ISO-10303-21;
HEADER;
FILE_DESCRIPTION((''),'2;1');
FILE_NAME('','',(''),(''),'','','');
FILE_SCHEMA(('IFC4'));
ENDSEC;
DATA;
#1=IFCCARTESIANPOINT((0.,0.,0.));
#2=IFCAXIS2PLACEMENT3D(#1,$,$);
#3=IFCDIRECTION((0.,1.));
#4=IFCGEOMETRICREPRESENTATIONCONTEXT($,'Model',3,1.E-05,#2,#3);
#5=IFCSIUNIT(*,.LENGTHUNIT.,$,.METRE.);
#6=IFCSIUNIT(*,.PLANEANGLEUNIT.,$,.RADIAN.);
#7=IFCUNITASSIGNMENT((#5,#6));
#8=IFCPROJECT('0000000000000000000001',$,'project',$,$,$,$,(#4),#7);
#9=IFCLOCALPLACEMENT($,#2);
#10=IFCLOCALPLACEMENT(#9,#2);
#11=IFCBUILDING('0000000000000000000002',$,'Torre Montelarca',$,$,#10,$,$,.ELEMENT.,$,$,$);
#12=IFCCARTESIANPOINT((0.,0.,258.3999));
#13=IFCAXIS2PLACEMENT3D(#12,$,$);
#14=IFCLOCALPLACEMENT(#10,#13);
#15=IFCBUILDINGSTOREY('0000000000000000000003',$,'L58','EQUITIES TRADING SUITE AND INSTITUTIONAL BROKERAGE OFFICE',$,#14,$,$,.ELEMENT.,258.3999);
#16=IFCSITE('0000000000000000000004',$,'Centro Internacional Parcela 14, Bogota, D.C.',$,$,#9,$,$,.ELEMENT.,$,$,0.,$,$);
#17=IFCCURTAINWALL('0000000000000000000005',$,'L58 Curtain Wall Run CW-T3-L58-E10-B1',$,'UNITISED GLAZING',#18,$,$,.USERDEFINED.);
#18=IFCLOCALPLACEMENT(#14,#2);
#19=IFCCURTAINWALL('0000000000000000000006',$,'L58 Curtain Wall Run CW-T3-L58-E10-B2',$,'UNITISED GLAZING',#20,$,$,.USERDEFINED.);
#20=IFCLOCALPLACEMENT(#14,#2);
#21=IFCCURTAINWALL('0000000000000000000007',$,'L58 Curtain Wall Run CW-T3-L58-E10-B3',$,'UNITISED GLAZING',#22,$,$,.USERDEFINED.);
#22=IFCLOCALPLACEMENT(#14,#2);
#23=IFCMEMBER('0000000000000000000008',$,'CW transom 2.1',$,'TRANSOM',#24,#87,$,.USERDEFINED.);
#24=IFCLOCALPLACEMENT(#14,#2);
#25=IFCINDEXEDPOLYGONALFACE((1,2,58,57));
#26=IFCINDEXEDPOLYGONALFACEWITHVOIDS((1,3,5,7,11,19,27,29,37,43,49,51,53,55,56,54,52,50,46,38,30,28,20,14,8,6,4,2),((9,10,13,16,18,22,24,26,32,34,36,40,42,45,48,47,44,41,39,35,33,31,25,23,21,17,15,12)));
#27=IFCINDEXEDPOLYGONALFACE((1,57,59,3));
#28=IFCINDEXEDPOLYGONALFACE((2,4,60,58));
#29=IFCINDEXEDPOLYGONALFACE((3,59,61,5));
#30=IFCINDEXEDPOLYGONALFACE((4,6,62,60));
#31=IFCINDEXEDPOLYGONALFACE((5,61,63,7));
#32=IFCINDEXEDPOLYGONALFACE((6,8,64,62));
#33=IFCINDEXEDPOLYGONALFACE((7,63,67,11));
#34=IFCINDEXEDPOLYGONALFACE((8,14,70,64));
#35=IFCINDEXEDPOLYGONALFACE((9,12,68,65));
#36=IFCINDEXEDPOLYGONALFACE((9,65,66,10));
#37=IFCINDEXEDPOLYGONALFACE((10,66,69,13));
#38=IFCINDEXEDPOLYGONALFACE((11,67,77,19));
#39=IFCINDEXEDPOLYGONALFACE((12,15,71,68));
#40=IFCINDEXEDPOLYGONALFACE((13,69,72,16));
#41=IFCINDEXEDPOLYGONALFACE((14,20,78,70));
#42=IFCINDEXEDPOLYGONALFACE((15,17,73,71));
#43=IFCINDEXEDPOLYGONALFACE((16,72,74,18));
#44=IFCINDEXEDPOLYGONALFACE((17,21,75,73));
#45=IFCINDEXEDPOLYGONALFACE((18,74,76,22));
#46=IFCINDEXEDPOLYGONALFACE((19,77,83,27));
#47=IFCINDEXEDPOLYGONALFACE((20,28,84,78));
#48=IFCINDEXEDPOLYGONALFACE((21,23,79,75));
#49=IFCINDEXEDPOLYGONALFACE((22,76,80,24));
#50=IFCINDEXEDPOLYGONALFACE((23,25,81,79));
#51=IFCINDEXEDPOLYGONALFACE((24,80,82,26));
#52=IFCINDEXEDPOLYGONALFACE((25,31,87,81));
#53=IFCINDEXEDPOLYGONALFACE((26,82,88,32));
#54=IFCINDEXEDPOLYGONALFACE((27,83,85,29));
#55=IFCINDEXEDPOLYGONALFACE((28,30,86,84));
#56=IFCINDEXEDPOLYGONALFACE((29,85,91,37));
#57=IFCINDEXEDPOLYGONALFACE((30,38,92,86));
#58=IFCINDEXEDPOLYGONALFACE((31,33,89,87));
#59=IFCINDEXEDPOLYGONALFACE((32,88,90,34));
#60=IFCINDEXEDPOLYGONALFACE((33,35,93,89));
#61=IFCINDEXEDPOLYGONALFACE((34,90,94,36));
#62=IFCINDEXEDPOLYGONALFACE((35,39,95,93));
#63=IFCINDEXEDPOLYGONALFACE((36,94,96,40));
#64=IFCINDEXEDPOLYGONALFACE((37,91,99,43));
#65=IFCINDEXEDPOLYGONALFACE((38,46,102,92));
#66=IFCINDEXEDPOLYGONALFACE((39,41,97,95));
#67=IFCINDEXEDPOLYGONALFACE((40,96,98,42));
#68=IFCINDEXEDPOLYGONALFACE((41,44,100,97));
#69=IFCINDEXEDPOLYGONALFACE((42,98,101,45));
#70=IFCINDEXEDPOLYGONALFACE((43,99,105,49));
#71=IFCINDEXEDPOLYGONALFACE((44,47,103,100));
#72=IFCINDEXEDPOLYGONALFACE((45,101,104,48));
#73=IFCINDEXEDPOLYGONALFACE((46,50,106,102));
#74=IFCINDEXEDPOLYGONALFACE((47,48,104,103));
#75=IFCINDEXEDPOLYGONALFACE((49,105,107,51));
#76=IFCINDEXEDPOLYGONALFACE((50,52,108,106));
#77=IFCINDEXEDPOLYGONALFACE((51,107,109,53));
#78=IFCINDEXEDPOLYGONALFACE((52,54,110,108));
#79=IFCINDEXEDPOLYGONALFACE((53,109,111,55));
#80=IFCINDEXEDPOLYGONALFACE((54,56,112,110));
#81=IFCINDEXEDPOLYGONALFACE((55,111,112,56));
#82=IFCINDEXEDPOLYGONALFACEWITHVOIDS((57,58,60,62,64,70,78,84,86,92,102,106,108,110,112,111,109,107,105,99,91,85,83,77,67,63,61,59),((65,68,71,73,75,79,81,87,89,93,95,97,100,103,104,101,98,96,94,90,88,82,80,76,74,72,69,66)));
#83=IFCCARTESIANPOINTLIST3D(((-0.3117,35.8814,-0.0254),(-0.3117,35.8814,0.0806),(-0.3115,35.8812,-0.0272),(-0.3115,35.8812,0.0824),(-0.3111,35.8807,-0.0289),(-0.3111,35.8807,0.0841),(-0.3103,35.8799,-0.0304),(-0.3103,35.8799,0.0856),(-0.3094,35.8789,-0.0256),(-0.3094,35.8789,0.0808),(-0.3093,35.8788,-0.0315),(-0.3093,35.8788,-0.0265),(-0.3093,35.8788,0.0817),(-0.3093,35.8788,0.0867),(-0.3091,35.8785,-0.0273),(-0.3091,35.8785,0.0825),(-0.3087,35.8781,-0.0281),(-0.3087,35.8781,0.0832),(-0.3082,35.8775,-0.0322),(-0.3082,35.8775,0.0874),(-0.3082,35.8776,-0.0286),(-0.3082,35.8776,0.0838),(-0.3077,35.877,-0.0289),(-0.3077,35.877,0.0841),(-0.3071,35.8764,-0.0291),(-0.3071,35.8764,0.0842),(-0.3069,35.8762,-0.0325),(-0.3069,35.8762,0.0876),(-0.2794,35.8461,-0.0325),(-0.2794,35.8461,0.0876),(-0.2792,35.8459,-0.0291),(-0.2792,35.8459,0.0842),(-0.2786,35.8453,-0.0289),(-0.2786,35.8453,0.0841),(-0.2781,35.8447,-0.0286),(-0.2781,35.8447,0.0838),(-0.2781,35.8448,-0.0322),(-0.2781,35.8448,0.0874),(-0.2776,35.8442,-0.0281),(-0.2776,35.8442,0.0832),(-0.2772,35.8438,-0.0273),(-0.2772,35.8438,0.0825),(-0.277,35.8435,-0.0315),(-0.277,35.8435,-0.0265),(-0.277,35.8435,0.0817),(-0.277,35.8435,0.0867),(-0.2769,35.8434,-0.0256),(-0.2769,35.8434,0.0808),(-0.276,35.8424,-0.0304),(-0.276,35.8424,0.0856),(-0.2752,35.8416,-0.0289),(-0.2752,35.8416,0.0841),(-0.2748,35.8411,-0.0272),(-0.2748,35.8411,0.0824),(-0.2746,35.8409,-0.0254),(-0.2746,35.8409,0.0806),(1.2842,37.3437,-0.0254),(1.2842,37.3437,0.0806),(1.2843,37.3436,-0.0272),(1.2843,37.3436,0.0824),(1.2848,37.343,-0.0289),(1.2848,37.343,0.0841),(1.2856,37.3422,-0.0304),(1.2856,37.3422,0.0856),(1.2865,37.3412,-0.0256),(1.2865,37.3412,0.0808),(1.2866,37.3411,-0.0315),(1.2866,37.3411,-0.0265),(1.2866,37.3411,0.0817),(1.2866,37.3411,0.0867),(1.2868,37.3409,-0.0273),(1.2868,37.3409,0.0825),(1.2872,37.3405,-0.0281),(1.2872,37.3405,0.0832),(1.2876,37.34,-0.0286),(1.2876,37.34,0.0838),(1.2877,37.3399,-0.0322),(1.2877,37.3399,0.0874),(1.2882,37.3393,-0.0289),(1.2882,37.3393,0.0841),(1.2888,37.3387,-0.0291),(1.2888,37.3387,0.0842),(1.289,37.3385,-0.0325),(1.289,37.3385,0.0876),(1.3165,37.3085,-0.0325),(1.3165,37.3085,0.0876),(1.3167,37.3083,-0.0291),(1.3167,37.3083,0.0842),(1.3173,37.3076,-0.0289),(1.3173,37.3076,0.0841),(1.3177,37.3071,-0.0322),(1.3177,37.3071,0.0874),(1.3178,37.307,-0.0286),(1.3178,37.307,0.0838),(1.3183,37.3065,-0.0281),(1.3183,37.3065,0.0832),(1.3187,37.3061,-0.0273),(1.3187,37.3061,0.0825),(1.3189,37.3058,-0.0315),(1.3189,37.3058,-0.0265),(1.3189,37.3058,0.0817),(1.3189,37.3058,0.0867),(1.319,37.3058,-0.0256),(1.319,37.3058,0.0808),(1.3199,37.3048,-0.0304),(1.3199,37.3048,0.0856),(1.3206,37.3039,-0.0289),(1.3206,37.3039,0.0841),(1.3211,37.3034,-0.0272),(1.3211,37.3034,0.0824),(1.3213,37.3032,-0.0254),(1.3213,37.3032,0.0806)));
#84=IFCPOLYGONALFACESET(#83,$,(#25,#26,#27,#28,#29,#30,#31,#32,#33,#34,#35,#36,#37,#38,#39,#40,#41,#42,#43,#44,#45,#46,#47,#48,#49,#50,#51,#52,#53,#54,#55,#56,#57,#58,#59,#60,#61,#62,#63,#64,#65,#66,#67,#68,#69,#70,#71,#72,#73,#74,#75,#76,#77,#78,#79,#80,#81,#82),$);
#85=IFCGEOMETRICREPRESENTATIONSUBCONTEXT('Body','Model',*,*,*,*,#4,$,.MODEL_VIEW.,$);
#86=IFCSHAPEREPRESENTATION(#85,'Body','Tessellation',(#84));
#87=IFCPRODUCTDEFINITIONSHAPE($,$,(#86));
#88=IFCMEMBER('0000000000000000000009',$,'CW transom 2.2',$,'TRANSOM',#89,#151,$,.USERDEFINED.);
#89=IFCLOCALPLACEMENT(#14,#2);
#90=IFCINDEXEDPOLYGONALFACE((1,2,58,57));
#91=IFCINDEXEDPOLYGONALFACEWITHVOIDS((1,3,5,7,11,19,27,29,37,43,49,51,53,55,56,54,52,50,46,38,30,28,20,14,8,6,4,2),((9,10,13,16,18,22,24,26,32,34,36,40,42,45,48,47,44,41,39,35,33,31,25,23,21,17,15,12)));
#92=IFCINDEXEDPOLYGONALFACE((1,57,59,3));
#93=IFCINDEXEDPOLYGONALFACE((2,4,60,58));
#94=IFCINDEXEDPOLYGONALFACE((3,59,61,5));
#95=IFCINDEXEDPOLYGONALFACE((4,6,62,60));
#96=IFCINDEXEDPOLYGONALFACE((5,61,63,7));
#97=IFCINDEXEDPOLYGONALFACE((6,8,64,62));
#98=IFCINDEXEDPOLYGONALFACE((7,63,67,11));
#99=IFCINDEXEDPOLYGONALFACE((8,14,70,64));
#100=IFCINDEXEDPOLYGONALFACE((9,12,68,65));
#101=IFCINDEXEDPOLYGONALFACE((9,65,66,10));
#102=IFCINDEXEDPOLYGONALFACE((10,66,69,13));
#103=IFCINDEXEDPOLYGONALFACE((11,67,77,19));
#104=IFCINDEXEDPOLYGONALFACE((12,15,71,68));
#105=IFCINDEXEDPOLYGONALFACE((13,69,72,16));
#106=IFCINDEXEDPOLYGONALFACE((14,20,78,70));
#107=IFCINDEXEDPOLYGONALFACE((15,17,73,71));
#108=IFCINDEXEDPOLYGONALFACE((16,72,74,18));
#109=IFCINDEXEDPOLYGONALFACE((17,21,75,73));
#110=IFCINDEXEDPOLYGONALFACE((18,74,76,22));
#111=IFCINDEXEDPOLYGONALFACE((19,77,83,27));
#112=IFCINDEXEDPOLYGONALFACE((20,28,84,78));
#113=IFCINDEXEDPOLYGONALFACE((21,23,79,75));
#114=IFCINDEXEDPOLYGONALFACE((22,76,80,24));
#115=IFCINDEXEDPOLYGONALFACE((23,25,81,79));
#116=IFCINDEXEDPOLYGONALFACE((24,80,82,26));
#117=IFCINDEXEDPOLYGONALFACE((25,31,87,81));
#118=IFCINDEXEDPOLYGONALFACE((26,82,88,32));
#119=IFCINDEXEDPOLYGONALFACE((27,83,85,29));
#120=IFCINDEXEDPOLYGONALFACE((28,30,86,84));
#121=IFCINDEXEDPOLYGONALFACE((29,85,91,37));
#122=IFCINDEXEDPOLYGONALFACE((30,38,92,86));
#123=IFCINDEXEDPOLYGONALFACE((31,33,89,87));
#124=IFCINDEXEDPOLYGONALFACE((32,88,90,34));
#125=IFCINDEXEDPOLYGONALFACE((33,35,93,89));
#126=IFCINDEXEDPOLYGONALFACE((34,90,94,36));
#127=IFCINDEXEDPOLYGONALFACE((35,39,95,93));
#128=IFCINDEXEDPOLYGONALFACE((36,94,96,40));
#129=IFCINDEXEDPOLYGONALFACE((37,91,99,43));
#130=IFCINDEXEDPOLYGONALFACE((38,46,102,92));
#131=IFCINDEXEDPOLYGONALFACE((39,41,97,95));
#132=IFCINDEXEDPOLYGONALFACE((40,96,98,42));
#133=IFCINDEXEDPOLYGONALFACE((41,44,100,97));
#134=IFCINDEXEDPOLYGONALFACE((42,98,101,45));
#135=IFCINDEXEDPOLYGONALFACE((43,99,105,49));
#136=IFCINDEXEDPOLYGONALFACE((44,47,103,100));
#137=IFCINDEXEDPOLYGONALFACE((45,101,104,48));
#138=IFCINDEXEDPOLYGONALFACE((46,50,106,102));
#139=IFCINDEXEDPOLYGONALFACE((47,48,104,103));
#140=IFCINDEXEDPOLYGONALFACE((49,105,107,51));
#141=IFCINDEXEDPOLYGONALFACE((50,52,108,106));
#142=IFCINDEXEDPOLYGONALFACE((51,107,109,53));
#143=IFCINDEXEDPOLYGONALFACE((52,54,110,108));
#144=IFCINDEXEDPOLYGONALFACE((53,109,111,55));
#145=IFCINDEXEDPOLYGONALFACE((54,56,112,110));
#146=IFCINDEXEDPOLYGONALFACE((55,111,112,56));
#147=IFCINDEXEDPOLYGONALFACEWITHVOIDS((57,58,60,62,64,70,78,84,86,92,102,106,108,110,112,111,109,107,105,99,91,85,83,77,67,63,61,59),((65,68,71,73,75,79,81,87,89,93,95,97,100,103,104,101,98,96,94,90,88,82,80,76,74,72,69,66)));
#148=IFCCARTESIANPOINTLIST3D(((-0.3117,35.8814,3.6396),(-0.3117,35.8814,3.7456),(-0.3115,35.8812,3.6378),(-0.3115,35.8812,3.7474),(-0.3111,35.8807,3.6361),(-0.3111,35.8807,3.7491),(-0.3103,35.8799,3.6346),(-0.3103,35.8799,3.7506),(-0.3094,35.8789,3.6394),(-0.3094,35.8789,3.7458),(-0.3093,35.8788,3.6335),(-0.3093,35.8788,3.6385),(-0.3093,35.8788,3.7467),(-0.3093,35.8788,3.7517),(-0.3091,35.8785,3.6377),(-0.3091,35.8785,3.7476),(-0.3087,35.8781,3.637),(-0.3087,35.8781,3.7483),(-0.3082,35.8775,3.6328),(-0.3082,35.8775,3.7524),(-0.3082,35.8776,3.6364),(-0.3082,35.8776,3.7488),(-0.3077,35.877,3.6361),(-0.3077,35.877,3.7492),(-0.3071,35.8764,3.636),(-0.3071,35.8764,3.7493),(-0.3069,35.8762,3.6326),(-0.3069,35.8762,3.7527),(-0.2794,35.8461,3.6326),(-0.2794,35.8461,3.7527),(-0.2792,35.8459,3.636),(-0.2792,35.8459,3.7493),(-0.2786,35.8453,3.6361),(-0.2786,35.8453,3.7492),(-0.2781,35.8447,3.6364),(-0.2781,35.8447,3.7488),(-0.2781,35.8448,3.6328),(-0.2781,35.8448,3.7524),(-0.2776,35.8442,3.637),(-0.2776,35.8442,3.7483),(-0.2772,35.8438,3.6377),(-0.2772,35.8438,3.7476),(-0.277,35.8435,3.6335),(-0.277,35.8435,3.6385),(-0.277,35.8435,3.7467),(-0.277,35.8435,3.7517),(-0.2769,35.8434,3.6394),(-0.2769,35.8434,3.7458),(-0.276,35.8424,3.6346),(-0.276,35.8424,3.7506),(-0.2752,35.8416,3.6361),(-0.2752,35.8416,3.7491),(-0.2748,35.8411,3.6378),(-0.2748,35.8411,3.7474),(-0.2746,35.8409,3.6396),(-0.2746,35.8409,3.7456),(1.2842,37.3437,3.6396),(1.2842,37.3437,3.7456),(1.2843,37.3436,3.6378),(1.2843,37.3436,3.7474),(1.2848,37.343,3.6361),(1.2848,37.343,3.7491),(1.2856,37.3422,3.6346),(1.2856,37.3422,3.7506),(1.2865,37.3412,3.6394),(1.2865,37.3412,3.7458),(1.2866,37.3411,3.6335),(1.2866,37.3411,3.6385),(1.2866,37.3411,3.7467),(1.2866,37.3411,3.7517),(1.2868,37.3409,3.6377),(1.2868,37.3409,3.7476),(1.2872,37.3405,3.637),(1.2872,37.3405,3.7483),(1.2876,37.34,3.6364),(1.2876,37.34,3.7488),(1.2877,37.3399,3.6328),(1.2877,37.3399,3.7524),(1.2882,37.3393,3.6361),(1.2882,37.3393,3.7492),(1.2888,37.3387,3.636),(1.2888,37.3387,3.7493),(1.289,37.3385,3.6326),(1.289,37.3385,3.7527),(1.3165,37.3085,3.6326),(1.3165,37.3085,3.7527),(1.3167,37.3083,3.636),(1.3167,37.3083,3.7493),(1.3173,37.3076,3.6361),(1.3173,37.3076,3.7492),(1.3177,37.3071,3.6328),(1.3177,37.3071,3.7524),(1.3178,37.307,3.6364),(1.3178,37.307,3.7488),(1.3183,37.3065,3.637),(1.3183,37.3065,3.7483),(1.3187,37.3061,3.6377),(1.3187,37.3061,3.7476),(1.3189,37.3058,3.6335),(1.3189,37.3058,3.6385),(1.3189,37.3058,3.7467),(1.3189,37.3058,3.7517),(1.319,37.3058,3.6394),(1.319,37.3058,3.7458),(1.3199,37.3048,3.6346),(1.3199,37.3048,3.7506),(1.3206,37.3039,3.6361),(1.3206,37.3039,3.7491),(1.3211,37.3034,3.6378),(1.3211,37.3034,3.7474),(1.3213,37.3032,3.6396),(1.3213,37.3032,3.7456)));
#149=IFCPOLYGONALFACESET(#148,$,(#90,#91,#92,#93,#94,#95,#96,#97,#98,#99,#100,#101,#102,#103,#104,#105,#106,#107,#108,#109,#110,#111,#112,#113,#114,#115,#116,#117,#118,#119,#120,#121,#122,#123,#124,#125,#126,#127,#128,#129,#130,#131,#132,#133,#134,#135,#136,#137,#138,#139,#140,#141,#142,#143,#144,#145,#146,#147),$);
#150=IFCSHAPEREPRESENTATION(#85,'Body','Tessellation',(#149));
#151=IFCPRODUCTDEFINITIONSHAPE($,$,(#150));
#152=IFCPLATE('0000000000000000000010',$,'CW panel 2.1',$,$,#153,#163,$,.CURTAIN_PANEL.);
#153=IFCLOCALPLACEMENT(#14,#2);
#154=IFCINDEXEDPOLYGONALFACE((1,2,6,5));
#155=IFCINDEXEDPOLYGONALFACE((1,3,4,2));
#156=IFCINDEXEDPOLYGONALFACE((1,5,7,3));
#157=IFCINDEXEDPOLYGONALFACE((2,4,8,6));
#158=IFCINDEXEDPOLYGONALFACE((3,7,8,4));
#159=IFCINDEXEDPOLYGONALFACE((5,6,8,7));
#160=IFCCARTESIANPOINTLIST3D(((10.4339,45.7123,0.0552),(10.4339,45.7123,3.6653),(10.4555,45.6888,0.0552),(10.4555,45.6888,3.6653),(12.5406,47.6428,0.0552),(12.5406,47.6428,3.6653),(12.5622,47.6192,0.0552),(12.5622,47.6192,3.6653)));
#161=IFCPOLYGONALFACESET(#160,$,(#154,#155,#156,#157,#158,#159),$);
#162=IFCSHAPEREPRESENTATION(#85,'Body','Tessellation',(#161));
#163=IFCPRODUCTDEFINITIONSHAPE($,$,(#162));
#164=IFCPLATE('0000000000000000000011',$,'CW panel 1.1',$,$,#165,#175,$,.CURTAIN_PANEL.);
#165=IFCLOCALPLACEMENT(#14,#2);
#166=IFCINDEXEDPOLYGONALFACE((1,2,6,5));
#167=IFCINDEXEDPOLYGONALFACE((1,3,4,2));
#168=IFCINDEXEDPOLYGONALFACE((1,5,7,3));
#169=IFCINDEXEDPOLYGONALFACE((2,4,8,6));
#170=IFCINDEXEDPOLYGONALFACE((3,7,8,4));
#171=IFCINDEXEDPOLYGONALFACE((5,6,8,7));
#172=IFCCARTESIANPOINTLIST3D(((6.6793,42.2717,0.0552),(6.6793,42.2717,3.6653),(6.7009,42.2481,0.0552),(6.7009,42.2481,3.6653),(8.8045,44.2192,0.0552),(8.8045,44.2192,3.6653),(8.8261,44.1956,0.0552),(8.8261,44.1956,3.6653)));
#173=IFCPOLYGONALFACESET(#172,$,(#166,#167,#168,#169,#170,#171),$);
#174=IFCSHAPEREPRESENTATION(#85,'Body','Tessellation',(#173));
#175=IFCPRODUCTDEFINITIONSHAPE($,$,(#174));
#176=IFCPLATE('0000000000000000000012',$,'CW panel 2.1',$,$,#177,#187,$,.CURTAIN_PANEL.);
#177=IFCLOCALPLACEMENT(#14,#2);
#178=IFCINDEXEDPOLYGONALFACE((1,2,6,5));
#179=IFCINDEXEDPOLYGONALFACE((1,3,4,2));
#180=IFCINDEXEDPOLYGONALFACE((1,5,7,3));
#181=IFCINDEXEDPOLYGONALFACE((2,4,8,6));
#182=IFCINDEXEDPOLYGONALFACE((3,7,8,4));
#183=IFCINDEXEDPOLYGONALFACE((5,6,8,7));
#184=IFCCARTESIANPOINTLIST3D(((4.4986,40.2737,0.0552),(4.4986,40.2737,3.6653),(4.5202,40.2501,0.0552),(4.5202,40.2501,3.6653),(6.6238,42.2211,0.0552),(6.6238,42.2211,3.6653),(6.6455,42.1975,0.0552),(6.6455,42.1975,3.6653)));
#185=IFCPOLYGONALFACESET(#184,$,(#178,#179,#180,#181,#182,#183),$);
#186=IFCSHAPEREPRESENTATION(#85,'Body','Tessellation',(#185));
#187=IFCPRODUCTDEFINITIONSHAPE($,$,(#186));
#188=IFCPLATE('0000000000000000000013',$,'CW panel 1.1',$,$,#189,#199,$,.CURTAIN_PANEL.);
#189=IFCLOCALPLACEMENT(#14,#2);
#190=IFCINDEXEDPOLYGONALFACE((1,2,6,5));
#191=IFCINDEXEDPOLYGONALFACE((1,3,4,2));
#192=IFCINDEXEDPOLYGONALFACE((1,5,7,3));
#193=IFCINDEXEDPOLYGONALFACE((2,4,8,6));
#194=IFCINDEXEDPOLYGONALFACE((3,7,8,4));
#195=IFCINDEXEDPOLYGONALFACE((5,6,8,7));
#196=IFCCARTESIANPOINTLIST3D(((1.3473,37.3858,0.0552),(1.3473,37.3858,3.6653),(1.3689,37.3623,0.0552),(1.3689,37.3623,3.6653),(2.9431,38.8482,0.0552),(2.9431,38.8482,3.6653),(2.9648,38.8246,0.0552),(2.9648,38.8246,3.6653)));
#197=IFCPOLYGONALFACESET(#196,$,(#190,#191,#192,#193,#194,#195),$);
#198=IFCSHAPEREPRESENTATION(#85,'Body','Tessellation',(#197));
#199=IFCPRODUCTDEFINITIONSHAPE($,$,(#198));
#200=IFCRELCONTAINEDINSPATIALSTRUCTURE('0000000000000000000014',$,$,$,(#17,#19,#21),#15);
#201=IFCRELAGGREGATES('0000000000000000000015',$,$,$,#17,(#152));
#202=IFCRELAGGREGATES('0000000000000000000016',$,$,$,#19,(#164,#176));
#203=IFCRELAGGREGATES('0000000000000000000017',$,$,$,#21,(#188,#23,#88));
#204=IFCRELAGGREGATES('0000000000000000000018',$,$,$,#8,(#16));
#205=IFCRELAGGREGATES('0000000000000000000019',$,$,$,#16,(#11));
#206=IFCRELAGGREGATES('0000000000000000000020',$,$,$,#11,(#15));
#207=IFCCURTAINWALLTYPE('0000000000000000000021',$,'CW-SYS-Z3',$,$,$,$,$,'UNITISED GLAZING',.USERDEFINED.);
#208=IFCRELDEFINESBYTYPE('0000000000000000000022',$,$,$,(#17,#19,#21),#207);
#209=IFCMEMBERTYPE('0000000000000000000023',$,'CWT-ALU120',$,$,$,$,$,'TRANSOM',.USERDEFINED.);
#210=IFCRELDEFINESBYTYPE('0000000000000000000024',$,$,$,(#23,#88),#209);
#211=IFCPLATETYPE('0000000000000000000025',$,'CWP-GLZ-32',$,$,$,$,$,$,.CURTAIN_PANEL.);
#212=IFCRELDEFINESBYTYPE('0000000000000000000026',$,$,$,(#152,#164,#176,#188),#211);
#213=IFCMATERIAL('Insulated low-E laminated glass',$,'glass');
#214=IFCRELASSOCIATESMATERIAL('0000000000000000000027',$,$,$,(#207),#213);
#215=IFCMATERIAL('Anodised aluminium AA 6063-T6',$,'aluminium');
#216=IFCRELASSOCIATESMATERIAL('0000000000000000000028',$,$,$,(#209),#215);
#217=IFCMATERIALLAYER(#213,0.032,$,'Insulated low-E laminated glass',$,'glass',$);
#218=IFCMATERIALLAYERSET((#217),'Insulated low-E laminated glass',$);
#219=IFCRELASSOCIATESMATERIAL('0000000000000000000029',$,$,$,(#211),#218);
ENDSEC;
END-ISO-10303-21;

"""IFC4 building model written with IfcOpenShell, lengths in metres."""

from ifc_helpers import new_model, si_unit, direction, frame, origin, origin_2d, place, context, subcontext, project, spatial, rectangle, hollow_rectangle, extrude, source, transform, mapped, material, layer, layer_set, material_profile, profile_set, type_object, element, aggregate, save


model = new_model("IFC4")

# Units and contexts
model_context = context("Model", 3, precision=1e-05, world=origin(), true_north=direction((0.0, 1.0)))
body_context = subcontext(model_context, "Body", "Model", "MODEL_VIEW")
ifc_project = project(units=[si_unit("LENGTHUNIT", "METRE"), si_unit("PLANEANGLEUNIT", "RADIAN")], contexts=[model_context])

# Site, building, storey
site_placement = place(None, origin())
site = spatial("IfcSite", under=ifc_project, at=site_placement, Name="Centro Internacional Parcela 14, Bogota, D.C.", CompositionType="ELEMENT", RefElevation=0.0)
building_placement = place(site_placement, origin())
building = spatial("IfcBuilding", under=site, at=building_placement, Name="Torre Montelarca", CompositionType="ELEMENT")
storey_placement = place(building_placement, frame((0.0, 0.0, 258.3999)))
storey = spatial("IfcBuildingStorey", under=building, at=storey_placement, Name="L58", Description="EQUITIES TRADING SUITE AND INSTITUTIONAL BROKERAGE OFFICE", CompositionType="ELEMENT", Elevation=258.3999)

# Curtain wall
ifc_material_1 = material(Name="Insulated low-E laminated glass", Category="glass")
curtain_wall_type = type_object("IfcCurtainWallType", Name="CW-SYS-Z3", ElementType="UNITISED GLAZING", PredefinedType="USERDEFINED", material=ifc_material_1)
curtain_wall_1_placement = place(storey_placement, origin())
curtain_wall_1 = element("IfcCurtainWall", 1, at=curtain_wall_1_placement, inside=storey, type_object=curtain_wall_type, Name="L58 Curtain Wall Run CW-T3-L58-E10-B1", ObjectType="UNITISED GLAZING", PredefinedType="USERDEFINED")
ifc_material_2 = material(Name="Anodised aluminium AA 6063-T6", Category="aluminium")

# Curtain walls
curtain_wall_2_placement = place(storey_placement, origin())
curtain_wall_2 = element("IfcCurtainWall", 2, at=curtain_wall_2_placement, inside=storey, type_object=curtain_wall_type, Name="L58 Curtain Wall Run CW-T3-L58-E10-B2", ObjectType="UNITISED GLAZING", PredefinedType="USERDEFINED")
curtain_wall_3_placement = place(storey_placement, origin())
curtain_wall_3 = element("IfcCurtainWall", 3, at=curtain_wall_3_placement, inside=storey, type_object=curtain_wall_type, Name="L58 Curtain Wall Run CW-T3-L58-E10-B3", ObjectType="UNITISED GLAZING", PredefinedType="USERDEFINED")

# Members
ifc_material_profile_1 = material_profile(ifc_material_2, hollow_rectangle(XDim=0.0549, YDim=0.1201, WallThickness=0.0034, InnerFilletRadius=0.0034, OuterFilletRadius=0.0071, at=origin_2d()), Name="ALU55X120X3.5", Category="aluminium")
ifc_profile_set_1 = profile_set([ifc_material_profile_1], Name="Anodised aluminium AA 6063-T6")
member_type_1 = type_object("IfcMemberType", Name="CWT-ALU120", ElementType="TRANSOM", PredefinedType="USERDEFINED", material=ifc_profile_set_1)
shared_shape_1 = source(origin(), body_context, "Body", "SweptSolid", [
    extrude(hollow_rectangle(XDim=0.0549, YDim=0.1201, WallThickness=0.0034, InnerFilletRadius=0.0034, OuterFilletRadius=0.0071, at=origin_2d()), origin(), (0.0, 0.0, 1.0), 2.1646),
])
member_1_placement = place(storey_placement, frame((1.3027, 37.3235, 0.0276), z_axis=(-0.737281, -0.675587, 0.0), x_axis=(0.675587, -0.737281, 0.0)))
member_1 = element("IfcMember", 4, at=member_1_placement, type_object=member_type_1, Name="CW transom 2.1", ObjectType="TRANSOM", PredefinedType="USERDEFINED", context=body_context, shape_type="MappedRepresentation", body=[
    mapped(shared_shape_1, transform((0.0, 0.0, 0.0), scale=1.0)),
])
member_2_placement = place(storey_placement, frame((1.3027, 37.3235, 3.6926), z_axis=(-0.737281, -0.675587, 0.0), x_axis=(0.675587, -0.737281, 0.0)))
member_2 = element("IfcMember", 5, at=member_2_placement, type_object=member_type_1, Name="CW transom 2.2", ObjectType="TRANSOM", PredefinedType="USERDEFINED", context=body_context, shape_type="MappedRepresentation", body=[
    mapped(shared_shape_1, transform((0.0, 0.0, 0.0), scale=1.0)),
])

# Plates
ifc_layer_1 = layer(ifc_material_1, 0.032, Name="Insulated low-E laminated glass", Category="glass")
ifc_layer_set_1 = layer_set([ifc_layer_1], Name="Insulated low-E laminated glass")
plate_type = type_object("IfcPlateType", Name="CWP-GLZ-32", PredefinedType="CURTAIN_PANEL", material=ifc_layer_set_1)
shared_shape_2 = source(origin(), body_context, "Body", "SweptSolid", [
    extrude(rectangle(XDim=2.8574, YDim=0.032, at=origin_2d()), origin(), (0.0, 0.0, 1.0), 3.6101),
])
plate_1_placement = place(storey_placement, frame((11.498, 46.6658, 0.0552), z_axis=(0.0, 0.0, 1.0), x_axis=(-0.737276, -0.675592, 0.0)))
plate_1 = element("IfcPlate", 6, at=plate_1_placement, type_object=plate_type, Name="CW panel 2.1", PredefinedType="CURTAIN_PANEL", context=body_context, shape_type="MappedRepresentation", body=[
    mapped(shared_shape_2, transform((0.0, 0.0, 0.0), scale=1.0)),
])
aggregate(curtain_wall_1, [plate_1])
shared_shape_3 = source(origin(), body_context, "Body", "SweptSolid", [
    extrude(rectangle(XDim=2.8826, YDim=0.032, at=origin_2d()), origin(), (0.0, 0.0, 1.0), 3.6101),
])
plate_2_placement = place(storey_placement, frame((7.7527, 43.2336, 0.0552), z_axis=(0.0, 0.0, 1.0), x_axis=(-0.737277, -0.675591, 0.0)))
plate_2 = element("IfcPlate", 7, at=plate_2_placement, type_object=plate_type, Name="CW panel 1.1", PredefinedType="CURTAIN_PANEL", context=body_context, shape_type="MappedRepresentation", body=[
    mapped(shared_shape_3, transform((0.0, 0.0, 0.0), scale=1.0)),
])
plate_3_placement = place(storey_placement, frame((5.572, 41.2356, 0.0552), z_axis=(0.0, 0.0, 1.0), x_axis=(-0.737277, -0.675591, 0.0)))
plate_3 = element("IfcPlate", 8, at=plate_3_placement, type_object=plate_type, Name="CW panel 2.1", PredefinedType="CURTAIN_PANEL", context=body_context, shape_type="MappedRepresentation", body=[
    mapped(shared_shape_3, transform((0.0, 0.0, 0.0), scale=1.0)),
])
aggregate(curtain_wall_2, [plate_2, plate_3])
shared_shape_4 = source(origin(), body_context, "Body", "SweptSolid", [
    extrude(rectangle(XDim=2.1646, YDim=0.032, at=origin_2d()), origin(), (0.0, 0.0, 1.0), 3.6101),
])
plate_4_placement = place(storey_placement, frame((2.156, 38.1052, 0.0552), z_axis=(0.0, 0.0, 1.0), x_axis=(-0.737284, -0.675583, 0.0)))
plate_4 = element("IfcPlate", 9, at=plate_4_placement, type_object=plate_type, Name="CW panel 1.1", PredefinedType="CURTAIN_PANEL", context=body_context, shape_type="MappedRepresentation", body=[
    mapped(shared_shape_4, transform((0.0, 0.0, 0.0), scale=1.0)),
])
aggregate(curtain_wall_3, [plate_4, member_1, member_2])

save(model, "model.ifc")
